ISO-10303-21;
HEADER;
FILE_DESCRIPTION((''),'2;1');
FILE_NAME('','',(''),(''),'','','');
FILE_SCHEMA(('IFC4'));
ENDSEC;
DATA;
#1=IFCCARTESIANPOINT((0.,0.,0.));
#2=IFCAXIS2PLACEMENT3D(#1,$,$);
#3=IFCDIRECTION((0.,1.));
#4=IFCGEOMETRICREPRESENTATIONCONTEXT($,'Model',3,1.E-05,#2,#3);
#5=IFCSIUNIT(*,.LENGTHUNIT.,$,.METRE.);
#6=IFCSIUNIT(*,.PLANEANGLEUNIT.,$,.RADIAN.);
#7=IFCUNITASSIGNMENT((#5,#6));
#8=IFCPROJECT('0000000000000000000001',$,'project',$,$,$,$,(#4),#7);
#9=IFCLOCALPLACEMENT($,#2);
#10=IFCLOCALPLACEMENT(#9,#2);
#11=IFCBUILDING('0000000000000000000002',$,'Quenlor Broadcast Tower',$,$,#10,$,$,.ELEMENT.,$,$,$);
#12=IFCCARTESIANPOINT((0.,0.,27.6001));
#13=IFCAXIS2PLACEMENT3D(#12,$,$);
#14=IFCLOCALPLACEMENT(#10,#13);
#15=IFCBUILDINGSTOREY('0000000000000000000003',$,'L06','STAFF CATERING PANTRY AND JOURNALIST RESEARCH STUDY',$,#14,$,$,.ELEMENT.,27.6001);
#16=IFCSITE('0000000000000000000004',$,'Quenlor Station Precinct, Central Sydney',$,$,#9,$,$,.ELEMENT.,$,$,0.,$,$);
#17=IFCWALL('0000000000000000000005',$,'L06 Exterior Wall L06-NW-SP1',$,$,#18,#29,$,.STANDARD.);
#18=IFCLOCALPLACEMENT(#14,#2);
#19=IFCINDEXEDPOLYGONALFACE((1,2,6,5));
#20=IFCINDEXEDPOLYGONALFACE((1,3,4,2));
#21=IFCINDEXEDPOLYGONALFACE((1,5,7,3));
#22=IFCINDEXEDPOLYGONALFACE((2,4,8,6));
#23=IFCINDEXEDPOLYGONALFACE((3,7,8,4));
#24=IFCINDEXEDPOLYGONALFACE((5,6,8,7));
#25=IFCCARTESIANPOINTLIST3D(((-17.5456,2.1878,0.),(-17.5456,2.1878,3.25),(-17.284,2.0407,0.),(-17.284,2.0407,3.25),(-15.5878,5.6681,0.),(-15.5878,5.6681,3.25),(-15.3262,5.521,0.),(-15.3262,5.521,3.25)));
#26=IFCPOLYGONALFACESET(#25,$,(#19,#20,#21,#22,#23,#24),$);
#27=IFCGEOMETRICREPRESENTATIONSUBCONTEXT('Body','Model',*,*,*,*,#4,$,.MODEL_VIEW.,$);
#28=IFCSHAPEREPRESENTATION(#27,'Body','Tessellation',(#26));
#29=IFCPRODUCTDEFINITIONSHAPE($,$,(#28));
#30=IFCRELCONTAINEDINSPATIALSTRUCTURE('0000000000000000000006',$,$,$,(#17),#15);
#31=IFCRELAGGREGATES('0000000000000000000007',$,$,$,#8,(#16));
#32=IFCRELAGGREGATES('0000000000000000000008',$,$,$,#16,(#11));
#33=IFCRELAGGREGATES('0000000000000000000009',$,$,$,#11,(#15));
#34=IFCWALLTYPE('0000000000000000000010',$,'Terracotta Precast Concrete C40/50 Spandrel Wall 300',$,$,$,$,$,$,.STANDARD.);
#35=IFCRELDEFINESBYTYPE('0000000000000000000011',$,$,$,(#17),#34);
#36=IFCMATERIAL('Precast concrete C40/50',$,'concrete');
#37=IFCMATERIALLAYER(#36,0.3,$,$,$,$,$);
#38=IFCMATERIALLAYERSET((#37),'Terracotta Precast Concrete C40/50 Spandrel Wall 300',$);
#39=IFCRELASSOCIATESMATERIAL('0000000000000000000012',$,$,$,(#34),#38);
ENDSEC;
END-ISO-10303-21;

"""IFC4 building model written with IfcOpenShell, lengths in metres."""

from ifc_helpers import new_model, si_unit, direction, frame, frame_2d, origin, place, context, subcontext, project, spatial, rectangle, extrude, material, layer, layer_set, type_object, element, save


model = new_model("IFC4")

# Units and contexts
model_context = context("Model", 3, precision=1e-05, world=origin(), true_north=direction((0.0, 1.0)))
body_context = subcontext(model_context, "Body", "Model", "MODEL_VIEW")
ifc_project = project(units=[si_unit("LENGTHUNIT", "METRE"), si_unit("PLANEANGLEUNIT", "RADIAN")], contexts=[model_context])

# Site, building, storey
site_placement = place(None, origin())
site = spatial("IfcSite", under=ifc_project, at=site_placement, Name="Quenlor Station Precinct, Central Sydney", CompositionType="ELEMENT", RefElevation=0.0)
building_placement = place(site_placement, origin())
building = spatial("IfcBuilding", under=site, at=building_placement, Name="Quenlor Broadcast Tower", CompositionType="ELEMENT")
storey_placement = place(building_placement, frame((0.0, 0.0, 27.6001)))
storey = spatial("IfcBuildingStorey", under=building, at=storey_placement, Name="L06", Description="STAFF CATERING PANTRY AND JOURNALIST RESEARCH STUDY", CompositionType="ELEMENT", Elevation=27.6001)

# Wall
ifc_material_1 = material(Name="Precast concrete C40/50", Category="concrete")
ifc_layer_1 = layer(ifc_material_1, 0.3)
ifc_layer_set_1 = layer_set([ifc_layer_1], Name="Terracotta Precast Concrete C40/50 Spandrel Wall 300")
wall_type_1 = type_object("IfcWallType", Name="Terracotta Precast Concrete C40/50 Spandrel Wall 300", PredefinedType="STANDARD", material=ifc_layer_set_1)
wall_1_placement = place(storey_placement, frame((-17.4148, 2.1143, 0.0), z_axis=(0.0, 0.0, 1.0), x_axis=(0.490287, 0.871561, 0.0)))
element("IfcWall", 1, at=wall_1_placement, inside=storey, type_object=wall_type_1, Name="L06 Exterior Wall L06-NW-SP1", PredefinedType="STANDARD", context=body_context, shape_type="SweptSolid", body=[
    extrude(rectangle(XDim=3.9932, YDim=0.3, at=frame_2d((1.9966, 0.0))), origin(), (0.0, 0.0, 1.0), 3.25),
])

save(model, "model.ifc")
